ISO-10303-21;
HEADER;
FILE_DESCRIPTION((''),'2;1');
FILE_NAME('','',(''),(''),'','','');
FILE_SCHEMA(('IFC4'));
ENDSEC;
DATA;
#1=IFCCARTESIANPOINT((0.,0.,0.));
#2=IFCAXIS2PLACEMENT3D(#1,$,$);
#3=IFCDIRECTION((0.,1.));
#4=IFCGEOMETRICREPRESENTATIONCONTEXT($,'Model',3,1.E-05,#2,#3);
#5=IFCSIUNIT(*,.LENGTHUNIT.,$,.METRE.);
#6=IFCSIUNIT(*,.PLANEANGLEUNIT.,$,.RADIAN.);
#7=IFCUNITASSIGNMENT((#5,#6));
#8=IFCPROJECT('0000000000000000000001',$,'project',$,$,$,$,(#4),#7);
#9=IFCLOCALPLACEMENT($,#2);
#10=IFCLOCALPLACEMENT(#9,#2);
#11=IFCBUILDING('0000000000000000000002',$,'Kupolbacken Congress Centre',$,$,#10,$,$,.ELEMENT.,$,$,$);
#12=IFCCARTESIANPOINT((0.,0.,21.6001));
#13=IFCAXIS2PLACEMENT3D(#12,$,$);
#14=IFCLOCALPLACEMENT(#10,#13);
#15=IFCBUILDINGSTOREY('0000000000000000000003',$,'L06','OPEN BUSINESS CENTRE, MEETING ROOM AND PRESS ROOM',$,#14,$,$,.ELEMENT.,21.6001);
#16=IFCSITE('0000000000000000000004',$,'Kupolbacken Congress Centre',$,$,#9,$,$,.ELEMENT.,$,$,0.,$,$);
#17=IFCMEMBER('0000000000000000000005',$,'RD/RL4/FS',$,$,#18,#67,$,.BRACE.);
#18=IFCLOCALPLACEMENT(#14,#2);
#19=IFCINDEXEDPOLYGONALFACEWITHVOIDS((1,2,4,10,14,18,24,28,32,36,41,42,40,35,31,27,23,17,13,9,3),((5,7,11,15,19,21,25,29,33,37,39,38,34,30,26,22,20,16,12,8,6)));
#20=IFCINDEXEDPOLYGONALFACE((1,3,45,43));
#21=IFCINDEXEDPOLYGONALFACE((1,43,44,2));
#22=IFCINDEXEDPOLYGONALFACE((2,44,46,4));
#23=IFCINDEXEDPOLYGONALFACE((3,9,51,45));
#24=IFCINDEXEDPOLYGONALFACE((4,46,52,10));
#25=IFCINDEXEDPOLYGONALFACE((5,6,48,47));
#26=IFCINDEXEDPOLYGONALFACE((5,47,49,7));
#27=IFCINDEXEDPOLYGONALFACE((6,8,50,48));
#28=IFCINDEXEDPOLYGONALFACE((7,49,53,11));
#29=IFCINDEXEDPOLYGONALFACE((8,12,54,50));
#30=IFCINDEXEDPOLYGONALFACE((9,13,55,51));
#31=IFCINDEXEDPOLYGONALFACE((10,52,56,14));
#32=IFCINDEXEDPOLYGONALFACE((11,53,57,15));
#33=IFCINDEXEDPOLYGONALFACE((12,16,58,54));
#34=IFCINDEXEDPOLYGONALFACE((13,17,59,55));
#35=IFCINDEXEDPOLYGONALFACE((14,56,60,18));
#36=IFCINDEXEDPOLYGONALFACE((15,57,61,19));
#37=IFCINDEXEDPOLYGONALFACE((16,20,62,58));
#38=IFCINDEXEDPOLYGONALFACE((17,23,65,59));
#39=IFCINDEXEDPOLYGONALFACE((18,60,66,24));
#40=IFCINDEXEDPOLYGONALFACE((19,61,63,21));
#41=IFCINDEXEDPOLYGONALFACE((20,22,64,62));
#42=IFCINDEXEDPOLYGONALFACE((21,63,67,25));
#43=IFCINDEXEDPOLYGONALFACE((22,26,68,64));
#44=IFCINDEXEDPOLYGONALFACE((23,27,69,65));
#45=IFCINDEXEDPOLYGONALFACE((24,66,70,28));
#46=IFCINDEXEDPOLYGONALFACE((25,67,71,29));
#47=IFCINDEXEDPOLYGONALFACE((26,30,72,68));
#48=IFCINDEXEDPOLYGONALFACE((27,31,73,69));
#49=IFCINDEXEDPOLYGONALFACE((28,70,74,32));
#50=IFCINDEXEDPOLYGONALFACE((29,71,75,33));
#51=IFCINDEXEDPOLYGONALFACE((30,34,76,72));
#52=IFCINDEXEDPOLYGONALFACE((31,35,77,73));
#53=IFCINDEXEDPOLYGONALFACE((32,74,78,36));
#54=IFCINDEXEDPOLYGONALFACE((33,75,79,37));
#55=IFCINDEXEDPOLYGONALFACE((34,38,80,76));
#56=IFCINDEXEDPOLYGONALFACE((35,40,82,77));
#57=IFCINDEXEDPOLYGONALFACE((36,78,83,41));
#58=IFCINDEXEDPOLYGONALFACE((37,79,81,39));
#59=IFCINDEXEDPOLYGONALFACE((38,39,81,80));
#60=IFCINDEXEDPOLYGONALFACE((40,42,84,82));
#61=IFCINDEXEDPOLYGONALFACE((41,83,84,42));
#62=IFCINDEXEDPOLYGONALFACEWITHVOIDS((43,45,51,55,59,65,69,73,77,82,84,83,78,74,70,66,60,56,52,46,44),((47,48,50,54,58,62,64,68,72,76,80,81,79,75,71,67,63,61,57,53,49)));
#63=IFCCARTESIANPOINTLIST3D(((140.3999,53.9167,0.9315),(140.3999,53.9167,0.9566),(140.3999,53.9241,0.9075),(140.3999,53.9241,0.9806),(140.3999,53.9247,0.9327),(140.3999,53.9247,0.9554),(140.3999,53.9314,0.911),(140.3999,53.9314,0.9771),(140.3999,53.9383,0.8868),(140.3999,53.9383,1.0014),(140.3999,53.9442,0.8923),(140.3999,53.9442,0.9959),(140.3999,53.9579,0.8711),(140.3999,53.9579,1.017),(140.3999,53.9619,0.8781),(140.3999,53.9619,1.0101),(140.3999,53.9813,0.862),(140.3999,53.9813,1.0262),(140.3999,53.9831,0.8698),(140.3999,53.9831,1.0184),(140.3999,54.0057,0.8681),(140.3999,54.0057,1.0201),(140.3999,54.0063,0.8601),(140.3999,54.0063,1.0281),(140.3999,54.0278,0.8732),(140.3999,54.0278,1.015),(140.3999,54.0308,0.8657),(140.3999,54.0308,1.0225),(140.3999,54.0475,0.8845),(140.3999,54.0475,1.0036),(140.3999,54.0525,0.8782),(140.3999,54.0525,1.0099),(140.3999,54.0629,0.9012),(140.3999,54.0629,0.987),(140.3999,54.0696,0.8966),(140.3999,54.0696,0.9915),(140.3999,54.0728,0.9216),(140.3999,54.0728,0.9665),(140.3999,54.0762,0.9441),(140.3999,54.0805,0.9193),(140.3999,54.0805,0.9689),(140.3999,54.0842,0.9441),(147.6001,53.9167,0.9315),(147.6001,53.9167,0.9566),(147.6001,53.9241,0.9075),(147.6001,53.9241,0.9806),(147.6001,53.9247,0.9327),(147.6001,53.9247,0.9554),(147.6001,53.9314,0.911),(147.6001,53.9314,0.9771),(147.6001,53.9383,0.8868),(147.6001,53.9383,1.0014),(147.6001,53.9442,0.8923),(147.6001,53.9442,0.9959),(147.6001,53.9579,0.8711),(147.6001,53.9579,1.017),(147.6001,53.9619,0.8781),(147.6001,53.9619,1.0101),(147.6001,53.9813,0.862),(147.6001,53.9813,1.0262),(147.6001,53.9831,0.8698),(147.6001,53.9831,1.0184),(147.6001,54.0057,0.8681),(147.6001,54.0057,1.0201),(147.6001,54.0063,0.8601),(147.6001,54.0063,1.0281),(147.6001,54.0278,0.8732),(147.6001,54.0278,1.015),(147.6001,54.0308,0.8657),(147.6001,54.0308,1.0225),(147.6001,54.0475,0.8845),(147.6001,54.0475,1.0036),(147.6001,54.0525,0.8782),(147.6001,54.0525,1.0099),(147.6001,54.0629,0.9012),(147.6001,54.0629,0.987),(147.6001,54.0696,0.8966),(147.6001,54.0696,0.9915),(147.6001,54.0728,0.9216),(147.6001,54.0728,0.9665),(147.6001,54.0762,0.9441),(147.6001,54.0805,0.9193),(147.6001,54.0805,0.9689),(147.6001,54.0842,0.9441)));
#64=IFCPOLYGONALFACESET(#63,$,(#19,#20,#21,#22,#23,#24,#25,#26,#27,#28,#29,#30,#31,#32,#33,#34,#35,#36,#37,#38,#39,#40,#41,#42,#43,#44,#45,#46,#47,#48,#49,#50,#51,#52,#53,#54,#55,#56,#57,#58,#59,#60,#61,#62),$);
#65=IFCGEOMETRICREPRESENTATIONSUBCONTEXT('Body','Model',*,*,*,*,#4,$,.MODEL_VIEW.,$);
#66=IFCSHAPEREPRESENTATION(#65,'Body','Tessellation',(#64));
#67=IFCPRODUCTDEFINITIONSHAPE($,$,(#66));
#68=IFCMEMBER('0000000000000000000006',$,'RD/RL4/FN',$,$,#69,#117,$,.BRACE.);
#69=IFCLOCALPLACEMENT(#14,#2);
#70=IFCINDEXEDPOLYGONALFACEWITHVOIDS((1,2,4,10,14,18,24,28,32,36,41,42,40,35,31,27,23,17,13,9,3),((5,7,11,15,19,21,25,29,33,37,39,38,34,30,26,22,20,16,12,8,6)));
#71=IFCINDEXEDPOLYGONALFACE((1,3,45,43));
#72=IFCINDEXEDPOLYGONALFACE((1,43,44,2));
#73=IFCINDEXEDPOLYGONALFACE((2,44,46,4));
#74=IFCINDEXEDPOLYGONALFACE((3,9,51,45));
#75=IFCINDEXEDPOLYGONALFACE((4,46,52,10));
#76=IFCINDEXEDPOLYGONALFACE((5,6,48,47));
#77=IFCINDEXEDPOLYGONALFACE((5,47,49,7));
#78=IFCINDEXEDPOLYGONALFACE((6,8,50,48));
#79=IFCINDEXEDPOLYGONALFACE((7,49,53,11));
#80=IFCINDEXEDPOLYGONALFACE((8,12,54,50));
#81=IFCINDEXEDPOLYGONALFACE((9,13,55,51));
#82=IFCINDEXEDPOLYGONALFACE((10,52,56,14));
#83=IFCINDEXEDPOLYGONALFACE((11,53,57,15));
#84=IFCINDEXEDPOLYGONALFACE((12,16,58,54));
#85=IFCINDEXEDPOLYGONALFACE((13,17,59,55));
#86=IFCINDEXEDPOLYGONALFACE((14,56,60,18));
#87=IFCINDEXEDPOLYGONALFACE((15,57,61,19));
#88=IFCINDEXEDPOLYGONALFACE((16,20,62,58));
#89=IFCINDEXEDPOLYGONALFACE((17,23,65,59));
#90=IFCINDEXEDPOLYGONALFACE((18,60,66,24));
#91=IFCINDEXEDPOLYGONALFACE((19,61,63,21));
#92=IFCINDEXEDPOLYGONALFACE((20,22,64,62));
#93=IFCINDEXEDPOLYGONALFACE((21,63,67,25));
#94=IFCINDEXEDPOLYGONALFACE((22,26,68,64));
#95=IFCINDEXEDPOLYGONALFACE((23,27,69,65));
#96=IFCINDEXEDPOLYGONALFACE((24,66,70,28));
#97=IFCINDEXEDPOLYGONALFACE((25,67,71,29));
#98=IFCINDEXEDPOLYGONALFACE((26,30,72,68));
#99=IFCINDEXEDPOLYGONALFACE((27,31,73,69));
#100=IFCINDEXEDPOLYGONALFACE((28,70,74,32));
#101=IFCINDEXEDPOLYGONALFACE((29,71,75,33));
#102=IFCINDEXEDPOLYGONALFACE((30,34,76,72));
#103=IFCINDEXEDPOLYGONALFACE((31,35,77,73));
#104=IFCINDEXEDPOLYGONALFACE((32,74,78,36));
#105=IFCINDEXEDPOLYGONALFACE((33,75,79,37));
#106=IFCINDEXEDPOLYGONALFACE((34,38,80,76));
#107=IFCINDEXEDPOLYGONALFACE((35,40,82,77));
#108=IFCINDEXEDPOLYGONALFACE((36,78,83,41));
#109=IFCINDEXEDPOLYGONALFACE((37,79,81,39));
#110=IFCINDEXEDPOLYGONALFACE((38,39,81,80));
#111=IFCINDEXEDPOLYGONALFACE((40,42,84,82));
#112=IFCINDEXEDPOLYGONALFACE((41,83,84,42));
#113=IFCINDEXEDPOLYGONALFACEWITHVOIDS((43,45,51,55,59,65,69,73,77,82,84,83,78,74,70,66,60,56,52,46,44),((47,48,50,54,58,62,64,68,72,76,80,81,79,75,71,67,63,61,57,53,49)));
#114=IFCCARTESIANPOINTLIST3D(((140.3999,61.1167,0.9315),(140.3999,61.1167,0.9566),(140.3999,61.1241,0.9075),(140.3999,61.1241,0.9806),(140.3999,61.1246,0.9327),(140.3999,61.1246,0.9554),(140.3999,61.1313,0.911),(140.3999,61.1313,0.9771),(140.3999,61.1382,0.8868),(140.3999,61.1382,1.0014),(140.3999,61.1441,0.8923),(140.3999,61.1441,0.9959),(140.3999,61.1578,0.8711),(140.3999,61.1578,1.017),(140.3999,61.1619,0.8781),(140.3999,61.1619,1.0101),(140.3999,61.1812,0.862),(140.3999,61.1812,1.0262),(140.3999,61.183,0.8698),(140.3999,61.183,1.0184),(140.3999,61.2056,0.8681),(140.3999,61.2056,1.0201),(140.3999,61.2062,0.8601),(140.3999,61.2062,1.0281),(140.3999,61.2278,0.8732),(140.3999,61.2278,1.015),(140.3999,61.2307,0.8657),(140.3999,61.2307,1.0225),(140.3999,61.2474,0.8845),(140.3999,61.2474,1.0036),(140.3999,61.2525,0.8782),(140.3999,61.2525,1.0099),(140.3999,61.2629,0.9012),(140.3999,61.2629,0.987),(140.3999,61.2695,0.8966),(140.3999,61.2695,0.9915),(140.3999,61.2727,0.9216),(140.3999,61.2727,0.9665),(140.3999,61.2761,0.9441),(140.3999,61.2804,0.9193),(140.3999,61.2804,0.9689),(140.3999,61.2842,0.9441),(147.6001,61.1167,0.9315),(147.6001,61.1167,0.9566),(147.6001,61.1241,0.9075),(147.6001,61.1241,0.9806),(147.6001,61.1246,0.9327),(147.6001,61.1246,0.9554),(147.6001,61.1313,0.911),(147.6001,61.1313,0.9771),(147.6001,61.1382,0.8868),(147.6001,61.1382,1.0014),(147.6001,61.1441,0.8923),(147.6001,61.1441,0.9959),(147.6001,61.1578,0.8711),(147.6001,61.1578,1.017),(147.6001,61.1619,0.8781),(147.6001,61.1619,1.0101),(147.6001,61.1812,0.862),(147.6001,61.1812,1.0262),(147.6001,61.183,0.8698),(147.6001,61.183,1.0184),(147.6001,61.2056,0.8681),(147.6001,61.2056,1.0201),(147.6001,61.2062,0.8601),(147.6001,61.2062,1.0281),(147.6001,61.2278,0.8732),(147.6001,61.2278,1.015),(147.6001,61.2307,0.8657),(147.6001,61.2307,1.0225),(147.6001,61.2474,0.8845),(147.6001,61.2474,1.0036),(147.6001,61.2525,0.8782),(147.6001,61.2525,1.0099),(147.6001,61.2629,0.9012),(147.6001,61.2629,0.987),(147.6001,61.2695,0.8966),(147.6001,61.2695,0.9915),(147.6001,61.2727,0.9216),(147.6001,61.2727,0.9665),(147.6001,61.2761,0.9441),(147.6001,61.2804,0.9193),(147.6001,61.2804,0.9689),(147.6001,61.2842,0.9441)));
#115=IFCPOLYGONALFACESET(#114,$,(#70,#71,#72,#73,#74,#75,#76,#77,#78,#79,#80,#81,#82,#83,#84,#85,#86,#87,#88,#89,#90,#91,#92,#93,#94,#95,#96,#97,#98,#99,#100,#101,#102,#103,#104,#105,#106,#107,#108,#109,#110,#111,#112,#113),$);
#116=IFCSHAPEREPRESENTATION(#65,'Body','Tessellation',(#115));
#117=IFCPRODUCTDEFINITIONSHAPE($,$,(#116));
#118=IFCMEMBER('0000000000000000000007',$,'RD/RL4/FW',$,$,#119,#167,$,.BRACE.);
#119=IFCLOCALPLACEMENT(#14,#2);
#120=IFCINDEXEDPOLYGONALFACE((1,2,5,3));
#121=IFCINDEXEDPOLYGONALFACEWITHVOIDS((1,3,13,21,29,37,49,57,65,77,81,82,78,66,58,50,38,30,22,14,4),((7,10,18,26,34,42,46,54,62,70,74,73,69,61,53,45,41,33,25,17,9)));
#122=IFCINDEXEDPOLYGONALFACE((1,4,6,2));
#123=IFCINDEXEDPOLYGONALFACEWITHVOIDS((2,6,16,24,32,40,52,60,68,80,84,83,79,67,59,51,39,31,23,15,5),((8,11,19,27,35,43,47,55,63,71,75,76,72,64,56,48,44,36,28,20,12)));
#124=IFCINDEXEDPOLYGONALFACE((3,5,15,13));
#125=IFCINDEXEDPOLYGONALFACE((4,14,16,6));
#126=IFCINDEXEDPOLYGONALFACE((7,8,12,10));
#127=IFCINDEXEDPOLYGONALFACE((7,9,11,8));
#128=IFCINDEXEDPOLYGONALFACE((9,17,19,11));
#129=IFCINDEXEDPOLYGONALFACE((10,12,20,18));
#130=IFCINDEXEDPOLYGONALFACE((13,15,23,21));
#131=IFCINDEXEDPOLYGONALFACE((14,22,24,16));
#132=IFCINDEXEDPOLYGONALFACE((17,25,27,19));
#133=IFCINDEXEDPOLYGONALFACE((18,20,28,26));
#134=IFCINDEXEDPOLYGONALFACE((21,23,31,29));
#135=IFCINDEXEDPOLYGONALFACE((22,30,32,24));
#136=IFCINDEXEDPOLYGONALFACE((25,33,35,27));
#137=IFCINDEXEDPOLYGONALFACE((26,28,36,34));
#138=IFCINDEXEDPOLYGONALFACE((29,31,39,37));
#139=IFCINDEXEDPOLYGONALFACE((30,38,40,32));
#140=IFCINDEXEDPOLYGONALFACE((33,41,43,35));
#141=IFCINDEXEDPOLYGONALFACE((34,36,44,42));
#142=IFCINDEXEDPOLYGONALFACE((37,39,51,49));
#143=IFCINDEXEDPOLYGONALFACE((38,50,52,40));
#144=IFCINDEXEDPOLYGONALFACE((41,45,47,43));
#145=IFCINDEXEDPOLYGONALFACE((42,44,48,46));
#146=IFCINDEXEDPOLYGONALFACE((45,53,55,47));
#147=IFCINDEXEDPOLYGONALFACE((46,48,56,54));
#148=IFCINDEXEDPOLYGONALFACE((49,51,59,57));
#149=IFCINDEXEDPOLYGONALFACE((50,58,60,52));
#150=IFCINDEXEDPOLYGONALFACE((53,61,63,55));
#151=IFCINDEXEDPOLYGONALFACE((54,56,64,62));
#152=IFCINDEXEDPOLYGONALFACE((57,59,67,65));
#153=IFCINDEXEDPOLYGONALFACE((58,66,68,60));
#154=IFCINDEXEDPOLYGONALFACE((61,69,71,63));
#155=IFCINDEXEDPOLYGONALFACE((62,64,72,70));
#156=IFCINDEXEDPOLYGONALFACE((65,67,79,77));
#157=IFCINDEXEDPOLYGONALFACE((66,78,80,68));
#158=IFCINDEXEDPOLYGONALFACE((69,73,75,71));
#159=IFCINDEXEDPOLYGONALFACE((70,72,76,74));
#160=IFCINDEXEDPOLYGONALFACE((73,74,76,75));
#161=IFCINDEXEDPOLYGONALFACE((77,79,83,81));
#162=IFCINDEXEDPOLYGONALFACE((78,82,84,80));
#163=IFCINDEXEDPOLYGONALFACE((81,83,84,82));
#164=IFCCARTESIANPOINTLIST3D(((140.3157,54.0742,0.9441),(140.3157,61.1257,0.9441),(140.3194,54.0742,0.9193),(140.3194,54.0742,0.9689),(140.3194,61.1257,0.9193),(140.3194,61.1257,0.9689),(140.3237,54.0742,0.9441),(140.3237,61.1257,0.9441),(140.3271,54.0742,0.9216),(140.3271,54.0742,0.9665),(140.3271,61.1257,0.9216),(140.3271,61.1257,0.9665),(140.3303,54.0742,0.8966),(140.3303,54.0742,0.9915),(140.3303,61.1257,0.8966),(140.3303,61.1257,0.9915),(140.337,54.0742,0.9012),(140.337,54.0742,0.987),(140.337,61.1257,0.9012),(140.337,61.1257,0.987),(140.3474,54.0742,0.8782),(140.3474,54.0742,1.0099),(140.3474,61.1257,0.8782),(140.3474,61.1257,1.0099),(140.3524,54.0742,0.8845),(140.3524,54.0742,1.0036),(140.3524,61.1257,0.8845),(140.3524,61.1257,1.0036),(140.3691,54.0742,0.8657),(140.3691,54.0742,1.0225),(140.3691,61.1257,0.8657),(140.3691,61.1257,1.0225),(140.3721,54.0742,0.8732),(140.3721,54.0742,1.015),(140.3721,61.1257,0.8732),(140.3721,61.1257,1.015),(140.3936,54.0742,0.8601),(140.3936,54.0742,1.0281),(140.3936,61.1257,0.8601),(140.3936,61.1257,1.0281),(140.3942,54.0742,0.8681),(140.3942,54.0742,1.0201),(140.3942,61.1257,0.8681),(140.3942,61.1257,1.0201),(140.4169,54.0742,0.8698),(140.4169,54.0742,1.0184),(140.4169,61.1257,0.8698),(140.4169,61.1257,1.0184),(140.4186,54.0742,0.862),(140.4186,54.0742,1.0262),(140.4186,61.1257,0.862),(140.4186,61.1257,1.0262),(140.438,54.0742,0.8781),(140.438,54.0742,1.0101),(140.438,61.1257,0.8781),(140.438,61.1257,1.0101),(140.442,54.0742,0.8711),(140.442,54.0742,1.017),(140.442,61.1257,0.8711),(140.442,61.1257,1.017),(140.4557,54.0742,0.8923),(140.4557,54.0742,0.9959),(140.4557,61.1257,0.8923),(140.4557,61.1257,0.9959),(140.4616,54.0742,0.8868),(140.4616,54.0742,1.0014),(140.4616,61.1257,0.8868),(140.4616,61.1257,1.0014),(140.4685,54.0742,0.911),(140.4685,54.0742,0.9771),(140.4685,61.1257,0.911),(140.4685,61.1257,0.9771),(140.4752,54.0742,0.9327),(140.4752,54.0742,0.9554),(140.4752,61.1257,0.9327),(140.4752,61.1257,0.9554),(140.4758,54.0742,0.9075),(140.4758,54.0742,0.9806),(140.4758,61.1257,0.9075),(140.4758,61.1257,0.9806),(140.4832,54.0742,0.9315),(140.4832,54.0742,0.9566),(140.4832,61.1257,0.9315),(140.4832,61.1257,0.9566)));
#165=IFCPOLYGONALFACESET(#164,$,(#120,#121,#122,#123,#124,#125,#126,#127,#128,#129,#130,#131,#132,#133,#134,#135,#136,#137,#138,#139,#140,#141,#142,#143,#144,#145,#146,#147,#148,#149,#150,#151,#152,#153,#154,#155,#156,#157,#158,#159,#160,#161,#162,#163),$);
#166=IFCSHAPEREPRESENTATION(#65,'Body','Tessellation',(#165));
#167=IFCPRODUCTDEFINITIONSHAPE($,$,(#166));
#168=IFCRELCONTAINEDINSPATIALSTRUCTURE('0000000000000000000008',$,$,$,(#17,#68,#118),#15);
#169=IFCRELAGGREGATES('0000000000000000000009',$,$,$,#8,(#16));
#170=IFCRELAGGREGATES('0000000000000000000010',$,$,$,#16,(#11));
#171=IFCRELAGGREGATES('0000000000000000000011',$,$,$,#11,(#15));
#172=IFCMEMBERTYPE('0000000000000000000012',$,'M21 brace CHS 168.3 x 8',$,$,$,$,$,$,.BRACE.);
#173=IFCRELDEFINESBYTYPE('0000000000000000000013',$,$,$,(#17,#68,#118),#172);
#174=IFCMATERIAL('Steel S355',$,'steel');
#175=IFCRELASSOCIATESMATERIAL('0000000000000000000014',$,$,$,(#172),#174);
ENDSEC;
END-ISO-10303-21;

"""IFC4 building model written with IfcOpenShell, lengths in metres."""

from ifc_helpers import new_model, si_unit, direction, frame, origin, origin_2d, place, context, subcontext, project, spatial, hollow_circle, extrude, material, material_profile, profile_set, type_object, element, save


model = new_model("IFC4")

# Units and contexts
model_context = context("Model", 3, precision=1e-05, world=origin(), true_north=direction((0.0, 1.0)))
body_context = subcontext(model_context, "Body", "Model", "MODEL_VIEW")
ifc_project = project(units=[si_unit("LENGTHUNIT", "METRE"), si_unit("PLANEANGLEUNIT", "RADIAN")], contexts=[model_context])

# Site, building, storey
site_placement = place(None, origin())
site = spatial("IfcSite", under=ifc_project, at=site_placement, Name="Kupolbacken Congress Centre", CompositionType="ELEMENT", RefElevation=0.0)
building_placement = place(site_placement, origin())
building = spatial("IfcBuilding", under=site, at=building_placement, Name="Kupolbacken Congress Centre", CompositionType="ELEMENT")
storey_placement = place(building_placement, frame((0.0, 0.0, 21.6001)))
storey = spatial("IfcBuildingStorey", under=building, at=storey_placement, Name="L06", Description="OPEN BUSINESS CENTRE, MEETING ROOM AND PRESS ROOM", CompositionType="ELEMENT", Elevation=21.6001)

# Members
ifc_material_1 = material(Name="Steel S355", Category="steel")
ifc_material_profile_1 = material_profile(ifc_material_1, hollow_circle(Radius=0.0842, WallThickness=0.0081, at=origin_2d()), Name="CHS 168.3 x 8")
ifc_profile_set_1 = profile_set([ifc_material_profile_1], Name="Steel S355")
member_type = type_object("IfcMemberType", Name="M21 brace CHS 168.3 x 8", PredefinedType="BRACE", material=ifc_profile_set_1)
for number, where, z_axis, x_axis, name in (
    (1, (140.3999, 54.0, 0.9441), (1.0, 0.0, 0.0), (0.0, 1.0, 0.0), "RD/RL4/FS"),
    (2, (140.3999, 61.2, 0.9441), (1.0, 0.0, 0.0), (0.0, 1.0, 0.0), "RD/RL4/FN"),
):
    element("IfcMember", number, at=place(storey_placement, frame(where, z_axis=z_axis, x_axis=x_axis)), inside=storey, type_object=member_type, Name=name, PredefinedType="BRACE", context=body_context, shape_type="SweptSolid", body=[
        extrude(hollow_circle(Radius=0.0842, WallThickness=0.0081, at=origin_2d()), origin(), (0.0, 0.0, 1.0), 7.2002),
    ])
for number, where, z_axis, x_axis, name in (
    (3, (140.3999, 54.0742, 0.9441), (0.0, 1.0, 0.0), (-1.0, 0.0, 0.0), "RD/RL4/FW"),
):
    element("IfcMember", number, at=place(storey_placement, frame(where, z_axis=z_axis, x_axis=x_axis)), inside=storey, type_object=member_type, Name=name, PredefinedType="BRACE", context=body_context, shape_type="SweptSolid", body=[
        extrude(hollow_circle(Radius=0.0842, WallThickness=0.0081, at=origin_2d()), origin(), (0.0, 0.0, 1.0), 7.0515),
    ])

save(model, "model.ifc")
